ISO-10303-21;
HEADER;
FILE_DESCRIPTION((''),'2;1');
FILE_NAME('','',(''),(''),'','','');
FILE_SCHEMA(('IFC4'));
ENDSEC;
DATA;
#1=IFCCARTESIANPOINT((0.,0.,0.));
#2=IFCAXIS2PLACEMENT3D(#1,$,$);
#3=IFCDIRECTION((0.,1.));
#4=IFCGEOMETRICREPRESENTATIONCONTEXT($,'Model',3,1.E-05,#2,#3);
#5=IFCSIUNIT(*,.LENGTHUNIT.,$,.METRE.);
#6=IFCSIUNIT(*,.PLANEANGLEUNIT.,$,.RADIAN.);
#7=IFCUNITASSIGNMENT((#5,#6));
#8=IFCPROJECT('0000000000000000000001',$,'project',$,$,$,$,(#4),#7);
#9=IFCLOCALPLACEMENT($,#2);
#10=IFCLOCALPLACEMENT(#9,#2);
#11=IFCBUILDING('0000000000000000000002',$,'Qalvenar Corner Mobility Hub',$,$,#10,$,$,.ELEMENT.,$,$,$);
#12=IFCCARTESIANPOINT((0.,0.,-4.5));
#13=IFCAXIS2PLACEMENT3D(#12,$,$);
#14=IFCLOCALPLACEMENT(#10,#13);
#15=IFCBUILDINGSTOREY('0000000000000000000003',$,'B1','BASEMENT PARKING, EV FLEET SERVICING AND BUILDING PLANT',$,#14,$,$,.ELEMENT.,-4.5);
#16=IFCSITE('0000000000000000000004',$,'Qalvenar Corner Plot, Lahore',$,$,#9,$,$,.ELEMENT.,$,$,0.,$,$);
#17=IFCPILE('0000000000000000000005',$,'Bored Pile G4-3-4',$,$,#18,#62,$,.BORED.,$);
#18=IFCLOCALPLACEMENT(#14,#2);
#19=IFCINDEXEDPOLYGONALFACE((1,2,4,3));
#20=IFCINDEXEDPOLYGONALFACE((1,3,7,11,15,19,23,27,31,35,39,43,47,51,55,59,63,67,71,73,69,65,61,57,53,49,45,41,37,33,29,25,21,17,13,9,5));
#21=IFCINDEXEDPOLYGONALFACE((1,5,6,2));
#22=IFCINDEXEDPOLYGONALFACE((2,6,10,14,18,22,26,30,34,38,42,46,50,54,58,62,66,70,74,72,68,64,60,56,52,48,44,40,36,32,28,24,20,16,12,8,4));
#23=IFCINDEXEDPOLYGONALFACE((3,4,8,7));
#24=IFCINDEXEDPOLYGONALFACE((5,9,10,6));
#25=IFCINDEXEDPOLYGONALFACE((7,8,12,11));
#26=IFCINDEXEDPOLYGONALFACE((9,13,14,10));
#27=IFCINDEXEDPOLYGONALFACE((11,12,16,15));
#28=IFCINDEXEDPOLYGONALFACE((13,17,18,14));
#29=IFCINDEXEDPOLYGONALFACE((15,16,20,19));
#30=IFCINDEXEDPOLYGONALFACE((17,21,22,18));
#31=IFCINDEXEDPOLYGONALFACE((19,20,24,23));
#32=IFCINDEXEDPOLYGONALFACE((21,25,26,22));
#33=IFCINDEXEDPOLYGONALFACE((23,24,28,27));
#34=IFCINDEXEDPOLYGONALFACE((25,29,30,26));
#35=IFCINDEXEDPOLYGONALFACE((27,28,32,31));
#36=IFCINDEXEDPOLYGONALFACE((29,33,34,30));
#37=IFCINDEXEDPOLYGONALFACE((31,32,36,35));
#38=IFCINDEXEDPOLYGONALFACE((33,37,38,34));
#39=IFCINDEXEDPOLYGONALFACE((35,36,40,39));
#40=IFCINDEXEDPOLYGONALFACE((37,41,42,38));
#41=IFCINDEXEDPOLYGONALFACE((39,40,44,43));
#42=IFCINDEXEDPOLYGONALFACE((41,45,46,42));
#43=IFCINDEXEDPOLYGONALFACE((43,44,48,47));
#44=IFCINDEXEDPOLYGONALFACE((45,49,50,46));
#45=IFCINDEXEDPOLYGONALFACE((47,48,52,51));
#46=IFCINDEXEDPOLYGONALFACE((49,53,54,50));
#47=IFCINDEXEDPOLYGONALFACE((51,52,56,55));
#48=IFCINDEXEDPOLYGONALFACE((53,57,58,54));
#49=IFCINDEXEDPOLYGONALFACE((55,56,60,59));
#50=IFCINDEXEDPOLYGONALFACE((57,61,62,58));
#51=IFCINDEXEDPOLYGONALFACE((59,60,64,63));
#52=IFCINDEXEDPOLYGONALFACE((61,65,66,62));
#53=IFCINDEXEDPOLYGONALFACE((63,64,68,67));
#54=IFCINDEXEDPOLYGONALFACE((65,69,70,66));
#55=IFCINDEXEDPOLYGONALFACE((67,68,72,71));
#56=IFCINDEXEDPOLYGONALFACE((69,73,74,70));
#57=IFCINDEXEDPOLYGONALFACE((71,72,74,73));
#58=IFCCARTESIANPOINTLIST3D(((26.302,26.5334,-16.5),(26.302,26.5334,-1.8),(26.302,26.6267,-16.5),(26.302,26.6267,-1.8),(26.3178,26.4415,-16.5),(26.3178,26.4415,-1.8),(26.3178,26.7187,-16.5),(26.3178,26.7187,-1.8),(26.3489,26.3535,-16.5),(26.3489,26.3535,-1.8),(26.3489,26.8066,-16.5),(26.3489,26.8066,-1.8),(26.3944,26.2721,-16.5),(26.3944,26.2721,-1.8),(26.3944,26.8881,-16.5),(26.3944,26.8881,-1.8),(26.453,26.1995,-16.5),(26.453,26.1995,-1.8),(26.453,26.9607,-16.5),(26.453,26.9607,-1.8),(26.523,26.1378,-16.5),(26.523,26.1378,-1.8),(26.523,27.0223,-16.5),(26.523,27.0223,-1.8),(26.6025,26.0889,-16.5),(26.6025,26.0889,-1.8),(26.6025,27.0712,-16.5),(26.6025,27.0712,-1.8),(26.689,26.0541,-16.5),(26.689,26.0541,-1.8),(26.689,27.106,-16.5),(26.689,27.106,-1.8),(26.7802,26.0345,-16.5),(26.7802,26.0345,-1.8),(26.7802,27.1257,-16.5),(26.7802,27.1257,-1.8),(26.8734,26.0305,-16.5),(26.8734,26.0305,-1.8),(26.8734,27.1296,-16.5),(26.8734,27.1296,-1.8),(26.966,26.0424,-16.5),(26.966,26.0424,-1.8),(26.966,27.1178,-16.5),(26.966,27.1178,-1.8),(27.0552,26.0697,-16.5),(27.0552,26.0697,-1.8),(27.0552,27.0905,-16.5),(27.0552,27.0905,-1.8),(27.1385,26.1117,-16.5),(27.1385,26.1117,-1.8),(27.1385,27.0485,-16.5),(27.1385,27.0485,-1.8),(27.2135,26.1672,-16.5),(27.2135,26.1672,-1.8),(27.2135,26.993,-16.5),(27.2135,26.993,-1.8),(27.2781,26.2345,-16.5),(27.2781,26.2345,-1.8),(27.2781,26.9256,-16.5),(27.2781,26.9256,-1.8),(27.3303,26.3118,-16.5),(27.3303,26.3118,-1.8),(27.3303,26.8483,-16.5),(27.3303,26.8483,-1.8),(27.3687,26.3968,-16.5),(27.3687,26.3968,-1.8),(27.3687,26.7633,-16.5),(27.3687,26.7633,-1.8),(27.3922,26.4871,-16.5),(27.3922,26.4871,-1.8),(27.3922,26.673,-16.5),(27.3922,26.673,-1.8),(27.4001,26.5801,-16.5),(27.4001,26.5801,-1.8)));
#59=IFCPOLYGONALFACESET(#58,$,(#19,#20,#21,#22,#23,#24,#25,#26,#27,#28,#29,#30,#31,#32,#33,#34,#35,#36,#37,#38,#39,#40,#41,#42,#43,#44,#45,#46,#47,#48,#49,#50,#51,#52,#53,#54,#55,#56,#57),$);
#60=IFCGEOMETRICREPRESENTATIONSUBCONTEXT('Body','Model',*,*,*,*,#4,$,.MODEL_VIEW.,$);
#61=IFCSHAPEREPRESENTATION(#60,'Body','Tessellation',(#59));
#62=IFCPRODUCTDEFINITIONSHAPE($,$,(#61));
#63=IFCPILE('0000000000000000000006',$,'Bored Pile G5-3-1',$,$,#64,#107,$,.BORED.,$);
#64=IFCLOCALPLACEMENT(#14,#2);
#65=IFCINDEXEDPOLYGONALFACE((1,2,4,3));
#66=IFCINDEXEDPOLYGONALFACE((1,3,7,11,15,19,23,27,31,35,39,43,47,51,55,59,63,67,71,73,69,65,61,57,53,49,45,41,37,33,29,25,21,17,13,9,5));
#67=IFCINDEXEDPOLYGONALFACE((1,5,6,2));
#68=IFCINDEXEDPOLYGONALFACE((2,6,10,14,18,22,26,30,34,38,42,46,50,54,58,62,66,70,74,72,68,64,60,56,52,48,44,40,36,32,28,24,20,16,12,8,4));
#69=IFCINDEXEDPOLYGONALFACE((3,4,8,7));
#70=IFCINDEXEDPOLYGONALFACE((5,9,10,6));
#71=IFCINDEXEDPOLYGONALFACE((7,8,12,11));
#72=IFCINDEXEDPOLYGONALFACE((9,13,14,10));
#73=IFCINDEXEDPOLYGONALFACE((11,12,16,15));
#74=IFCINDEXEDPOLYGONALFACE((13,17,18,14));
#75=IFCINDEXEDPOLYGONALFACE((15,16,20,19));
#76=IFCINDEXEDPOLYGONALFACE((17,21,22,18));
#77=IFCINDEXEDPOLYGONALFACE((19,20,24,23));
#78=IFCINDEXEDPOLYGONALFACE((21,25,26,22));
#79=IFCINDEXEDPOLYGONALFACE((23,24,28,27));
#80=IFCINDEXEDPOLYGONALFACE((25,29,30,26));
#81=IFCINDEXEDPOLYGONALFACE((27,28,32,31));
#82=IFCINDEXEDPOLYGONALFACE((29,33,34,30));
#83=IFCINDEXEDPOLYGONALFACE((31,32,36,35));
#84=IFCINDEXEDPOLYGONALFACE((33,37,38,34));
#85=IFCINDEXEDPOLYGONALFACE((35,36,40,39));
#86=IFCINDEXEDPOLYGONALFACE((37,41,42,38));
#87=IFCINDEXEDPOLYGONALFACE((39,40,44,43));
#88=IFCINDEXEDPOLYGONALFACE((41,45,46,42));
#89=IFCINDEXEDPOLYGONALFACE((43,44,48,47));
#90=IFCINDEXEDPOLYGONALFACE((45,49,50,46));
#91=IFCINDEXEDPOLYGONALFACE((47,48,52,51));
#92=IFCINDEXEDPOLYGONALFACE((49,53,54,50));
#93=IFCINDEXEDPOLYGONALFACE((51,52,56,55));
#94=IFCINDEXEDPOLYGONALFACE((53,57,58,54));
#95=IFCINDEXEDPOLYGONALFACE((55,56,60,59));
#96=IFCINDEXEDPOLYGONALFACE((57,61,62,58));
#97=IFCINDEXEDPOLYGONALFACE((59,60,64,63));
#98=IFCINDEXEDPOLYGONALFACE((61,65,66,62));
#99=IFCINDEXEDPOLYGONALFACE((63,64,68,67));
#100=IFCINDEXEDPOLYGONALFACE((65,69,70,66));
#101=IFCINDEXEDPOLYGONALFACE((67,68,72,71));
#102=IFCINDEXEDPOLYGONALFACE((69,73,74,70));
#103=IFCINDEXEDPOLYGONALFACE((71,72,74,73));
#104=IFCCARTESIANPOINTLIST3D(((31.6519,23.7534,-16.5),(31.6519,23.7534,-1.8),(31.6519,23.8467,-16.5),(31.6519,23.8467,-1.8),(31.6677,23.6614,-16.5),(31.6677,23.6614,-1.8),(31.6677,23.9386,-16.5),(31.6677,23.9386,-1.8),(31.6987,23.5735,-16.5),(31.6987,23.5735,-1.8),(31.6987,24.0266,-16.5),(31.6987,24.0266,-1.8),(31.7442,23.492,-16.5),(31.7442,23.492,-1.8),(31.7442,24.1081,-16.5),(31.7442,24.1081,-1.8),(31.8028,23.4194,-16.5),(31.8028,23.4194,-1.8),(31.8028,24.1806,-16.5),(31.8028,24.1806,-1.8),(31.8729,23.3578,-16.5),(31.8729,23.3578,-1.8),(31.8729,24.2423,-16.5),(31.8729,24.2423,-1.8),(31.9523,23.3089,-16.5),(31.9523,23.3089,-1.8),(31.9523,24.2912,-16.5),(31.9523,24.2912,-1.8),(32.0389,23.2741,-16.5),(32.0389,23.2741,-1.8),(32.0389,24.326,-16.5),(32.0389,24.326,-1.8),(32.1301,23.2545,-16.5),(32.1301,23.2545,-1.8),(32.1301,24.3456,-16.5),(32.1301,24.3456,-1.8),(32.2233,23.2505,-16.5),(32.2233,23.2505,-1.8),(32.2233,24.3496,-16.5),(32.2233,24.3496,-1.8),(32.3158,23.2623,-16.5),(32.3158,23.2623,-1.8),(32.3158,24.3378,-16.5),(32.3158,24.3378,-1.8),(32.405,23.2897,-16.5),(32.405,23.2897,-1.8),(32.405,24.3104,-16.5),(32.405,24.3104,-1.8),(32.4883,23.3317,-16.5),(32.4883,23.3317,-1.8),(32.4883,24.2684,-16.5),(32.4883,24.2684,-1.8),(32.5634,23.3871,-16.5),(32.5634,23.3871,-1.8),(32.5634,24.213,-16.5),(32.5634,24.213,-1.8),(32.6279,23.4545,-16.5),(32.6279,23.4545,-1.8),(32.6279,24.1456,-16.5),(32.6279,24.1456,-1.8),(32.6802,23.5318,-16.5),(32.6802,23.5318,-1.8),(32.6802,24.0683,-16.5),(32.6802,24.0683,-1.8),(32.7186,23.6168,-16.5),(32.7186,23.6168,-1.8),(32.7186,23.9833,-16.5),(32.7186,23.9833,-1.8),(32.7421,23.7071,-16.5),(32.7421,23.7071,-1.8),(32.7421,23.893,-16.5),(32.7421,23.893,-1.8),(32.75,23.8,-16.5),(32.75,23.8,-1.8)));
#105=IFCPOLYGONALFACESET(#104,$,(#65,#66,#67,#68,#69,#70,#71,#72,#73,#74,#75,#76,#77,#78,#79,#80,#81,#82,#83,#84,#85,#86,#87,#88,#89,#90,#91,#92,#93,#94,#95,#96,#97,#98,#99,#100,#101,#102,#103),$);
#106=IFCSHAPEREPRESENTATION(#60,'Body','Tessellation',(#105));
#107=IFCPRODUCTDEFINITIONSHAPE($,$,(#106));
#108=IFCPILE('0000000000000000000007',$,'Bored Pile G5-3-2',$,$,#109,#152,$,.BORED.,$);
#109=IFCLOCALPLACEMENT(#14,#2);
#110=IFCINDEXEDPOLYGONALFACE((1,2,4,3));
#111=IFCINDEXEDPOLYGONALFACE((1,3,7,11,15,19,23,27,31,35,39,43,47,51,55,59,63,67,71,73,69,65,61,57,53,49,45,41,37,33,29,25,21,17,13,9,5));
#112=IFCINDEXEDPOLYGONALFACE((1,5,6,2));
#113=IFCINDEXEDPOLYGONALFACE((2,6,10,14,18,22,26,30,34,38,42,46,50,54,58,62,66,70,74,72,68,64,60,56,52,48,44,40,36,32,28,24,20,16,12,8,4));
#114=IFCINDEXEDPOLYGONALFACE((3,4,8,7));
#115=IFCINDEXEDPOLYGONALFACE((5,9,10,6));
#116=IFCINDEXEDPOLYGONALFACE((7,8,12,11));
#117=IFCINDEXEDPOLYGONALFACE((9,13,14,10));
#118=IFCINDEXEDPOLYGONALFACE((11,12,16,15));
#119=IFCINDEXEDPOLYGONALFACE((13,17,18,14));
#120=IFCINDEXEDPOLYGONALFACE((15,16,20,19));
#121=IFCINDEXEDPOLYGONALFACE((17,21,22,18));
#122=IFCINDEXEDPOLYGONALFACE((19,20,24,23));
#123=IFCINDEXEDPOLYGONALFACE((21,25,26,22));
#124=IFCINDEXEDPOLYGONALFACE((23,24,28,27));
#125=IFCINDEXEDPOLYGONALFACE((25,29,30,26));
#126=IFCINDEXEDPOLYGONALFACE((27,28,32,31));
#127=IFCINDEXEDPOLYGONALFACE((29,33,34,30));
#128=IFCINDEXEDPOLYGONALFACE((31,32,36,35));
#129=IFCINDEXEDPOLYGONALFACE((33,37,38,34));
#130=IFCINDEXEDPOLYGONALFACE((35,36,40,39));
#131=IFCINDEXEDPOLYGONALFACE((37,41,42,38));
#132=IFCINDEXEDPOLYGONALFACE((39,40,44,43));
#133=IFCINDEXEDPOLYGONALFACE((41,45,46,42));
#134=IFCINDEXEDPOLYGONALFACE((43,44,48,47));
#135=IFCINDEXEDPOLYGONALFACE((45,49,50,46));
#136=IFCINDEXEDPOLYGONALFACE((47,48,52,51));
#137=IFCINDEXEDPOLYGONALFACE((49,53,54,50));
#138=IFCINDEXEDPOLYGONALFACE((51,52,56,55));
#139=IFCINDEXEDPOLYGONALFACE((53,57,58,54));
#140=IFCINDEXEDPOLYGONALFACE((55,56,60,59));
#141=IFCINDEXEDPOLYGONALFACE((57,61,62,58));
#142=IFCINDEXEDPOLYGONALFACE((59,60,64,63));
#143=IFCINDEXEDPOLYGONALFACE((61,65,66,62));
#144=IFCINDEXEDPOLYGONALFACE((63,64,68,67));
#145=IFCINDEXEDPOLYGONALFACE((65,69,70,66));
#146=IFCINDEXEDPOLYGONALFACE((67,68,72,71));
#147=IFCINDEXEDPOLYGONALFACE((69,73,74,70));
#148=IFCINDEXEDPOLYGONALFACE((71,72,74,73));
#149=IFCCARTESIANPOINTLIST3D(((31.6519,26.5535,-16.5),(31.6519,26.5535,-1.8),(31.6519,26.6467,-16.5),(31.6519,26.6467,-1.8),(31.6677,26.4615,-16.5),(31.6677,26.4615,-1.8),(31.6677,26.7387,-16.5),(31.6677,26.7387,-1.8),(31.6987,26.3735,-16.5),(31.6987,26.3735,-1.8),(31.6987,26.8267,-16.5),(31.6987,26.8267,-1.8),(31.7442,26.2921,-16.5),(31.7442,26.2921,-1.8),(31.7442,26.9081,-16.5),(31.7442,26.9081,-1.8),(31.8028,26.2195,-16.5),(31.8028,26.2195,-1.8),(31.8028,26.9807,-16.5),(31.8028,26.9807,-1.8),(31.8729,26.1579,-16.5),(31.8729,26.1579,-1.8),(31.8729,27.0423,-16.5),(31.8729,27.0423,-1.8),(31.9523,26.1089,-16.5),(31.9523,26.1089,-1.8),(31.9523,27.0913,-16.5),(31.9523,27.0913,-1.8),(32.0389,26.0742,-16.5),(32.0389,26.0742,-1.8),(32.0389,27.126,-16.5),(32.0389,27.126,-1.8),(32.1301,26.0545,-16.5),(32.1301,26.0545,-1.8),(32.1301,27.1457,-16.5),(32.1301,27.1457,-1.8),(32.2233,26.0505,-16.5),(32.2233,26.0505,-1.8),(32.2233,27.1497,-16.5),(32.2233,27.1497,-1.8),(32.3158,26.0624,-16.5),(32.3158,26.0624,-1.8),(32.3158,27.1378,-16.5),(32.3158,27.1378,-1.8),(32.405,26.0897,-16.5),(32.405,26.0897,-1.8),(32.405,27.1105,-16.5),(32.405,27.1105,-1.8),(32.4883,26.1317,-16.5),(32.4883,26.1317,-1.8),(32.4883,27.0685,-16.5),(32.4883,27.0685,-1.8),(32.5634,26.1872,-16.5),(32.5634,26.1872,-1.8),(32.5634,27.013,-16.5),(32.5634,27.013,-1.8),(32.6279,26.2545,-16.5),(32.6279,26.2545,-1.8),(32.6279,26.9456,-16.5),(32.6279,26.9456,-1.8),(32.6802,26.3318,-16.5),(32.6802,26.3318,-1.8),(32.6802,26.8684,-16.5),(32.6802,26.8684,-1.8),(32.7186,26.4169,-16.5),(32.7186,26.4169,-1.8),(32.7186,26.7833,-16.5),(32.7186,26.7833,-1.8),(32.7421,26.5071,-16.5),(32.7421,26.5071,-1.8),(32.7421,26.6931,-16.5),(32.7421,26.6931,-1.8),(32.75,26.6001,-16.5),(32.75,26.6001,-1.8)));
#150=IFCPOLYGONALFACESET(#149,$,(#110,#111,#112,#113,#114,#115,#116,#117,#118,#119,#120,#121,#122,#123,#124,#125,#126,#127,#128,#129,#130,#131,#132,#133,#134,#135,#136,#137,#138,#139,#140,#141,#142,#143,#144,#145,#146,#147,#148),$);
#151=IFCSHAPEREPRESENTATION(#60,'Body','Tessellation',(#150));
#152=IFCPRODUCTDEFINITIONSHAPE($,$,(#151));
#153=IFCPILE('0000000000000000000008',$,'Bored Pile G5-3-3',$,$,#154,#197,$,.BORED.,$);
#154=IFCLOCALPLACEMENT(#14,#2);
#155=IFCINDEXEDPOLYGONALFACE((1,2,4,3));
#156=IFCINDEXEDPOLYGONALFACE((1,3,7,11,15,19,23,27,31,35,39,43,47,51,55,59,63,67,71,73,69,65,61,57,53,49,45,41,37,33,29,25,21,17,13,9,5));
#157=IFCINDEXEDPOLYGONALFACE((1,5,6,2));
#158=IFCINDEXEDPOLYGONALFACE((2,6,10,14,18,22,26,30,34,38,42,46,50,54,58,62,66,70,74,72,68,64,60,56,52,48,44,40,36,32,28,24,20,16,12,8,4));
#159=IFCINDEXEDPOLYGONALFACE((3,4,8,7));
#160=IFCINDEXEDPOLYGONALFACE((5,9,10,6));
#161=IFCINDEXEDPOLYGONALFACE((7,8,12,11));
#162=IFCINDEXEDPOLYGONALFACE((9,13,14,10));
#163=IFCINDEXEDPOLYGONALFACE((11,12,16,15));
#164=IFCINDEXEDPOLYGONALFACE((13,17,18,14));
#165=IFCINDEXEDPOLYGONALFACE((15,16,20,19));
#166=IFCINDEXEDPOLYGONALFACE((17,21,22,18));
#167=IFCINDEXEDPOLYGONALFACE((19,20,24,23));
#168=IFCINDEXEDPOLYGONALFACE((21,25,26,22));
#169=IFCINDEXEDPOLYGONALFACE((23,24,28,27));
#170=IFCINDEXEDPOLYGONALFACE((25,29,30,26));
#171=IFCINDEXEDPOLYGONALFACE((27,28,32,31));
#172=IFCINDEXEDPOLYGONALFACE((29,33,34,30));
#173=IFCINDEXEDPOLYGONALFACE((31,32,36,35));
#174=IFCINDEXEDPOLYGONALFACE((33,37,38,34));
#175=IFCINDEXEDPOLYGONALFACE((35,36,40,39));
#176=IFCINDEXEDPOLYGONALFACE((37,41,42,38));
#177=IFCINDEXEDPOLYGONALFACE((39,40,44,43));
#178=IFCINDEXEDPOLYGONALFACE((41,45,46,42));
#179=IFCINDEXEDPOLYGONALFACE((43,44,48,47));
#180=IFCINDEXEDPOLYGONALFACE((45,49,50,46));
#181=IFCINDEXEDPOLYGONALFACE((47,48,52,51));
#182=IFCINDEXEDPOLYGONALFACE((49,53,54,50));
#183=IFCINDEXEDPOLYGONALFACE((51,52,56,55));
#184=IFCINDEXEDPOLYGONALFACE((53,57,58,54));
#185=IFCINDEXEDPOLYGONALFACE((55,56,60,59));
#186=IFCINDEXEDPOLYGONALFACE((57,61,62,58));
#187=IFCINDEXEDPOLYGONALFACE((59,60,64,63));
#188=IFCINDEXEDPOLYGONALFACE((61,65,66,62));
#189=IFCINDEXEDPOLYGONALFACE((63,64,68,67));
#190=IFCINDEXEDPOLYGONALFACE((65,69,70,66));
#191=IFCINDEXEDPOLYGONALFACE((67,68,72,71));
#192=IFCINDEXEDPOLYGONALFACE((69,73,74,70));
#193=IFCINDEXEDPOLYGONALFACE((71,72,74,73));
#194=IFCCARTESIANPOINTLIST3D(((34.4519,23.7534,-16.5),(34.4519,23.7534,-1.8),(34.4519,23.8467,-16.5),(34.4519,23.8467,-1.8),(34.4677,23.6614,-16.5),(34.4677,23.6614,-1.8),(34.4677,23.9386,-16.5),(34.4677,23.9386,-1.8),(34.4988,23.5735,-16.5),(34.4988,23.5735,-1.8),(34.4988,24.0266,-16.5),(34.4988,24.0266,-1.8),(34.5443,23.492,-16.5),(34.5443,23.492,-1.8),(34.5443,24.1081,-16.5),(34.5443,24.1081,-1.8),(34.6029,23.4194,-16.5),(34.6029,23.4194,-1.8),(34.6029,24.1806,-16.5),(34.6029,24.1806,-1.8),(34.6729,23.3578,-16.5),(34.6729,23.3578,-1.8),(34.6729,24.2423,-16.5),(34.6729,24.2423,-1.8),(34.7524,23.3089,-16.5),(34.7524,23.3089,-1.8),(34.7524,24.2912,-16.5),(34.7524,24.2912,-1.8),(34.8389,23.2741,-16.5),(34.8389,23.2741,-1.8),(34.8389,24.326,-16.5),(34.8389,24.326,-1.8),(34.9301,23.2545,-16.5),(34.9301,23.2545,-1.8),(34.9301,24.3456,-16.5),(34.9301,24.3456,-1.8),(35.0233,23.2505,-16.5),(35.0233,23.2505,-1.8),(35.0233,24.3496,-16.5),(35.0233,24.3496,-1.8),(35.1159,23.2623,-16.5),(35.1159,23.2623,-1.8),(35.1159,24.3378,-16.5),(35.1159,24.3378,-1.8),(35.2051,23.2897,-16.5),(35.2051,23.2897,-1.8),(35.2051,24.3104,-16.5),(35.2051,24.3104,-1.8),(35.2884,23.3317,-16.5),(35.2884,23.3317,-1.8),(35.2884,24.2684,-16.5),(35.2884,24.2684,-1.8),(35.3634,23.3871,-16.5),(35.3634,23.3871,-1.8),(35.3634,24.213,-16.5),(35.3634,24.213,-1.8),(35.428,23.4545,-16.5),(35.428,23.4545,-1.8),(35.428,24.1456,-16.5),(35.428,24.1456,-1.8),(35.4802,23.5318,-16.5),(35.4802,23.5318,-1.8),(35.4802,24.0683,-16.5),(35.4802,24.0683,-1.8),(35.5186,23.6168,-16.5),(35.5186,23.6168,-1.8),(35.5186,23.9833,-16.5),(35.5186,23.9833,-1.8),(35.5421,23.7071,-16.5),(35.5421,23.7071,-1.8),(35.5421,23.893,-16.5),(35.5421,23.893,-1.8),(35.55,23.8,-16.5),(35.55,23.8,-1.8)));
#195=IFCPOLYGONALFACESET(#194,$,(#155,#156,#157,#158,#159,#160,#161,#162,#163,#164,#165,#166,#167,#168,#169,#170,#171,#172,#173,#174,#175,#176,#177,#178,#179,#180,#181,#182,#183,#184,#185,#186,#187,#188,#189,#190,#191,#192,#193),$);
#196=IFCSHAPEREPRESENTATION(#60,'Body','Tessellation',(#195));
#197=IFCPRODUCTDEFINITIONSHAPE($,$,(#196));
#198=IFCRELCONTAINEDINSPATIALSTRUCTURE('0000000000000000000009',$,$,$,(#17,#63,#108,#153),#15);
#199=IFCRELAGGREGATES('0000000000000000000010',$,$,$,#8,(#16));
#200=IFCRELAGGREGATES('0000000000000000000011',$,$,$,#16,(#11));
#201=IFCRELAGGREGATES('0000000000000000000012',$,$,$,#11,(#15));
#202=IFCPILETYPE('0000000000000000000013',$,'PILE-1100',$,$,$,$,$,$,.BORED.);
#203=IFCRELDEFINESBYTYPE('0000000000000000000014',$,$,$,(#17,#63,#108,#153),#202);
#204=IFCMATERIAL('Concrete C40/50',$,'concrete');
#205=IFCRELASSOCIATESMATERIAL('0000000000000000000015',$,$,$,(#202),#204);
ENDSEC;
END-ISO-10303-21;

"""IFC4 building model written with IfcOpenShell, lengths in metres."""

from ifc_helpers import new_model, si_unit, direction, frame, origin, origin_2d, place, context, subcontext, project, spatial, circle, extrude, material, material_profile, profile_set, type_object, element, save


model = new_model("IFC4")

# Units and contexts
model_context = context("Model", 3, precision=1e-05, world=origin(), true_north=direction((0.0, 1.0)))
body_context = subcontext(model_context, "Body", "Model", "MODEL_VIEW")
ifc_project = project(units=[si_unit("LENGTHUNIT", "METRE"), si_unit("PLANEANGLEUNIT", "RADIAN")], contexts=[model_context])

# Site, building, storey
site_placement = place(None, origin())
site = spatial("IfcSite", under=ifc_project, at=site_placement, Name="Qalvenar Corner Plot, Lahore", CompositionType="ELEMENT", RefElevation=0.0)
building_placement = place(site_placement, origin())
building = spatial("IfcBuilding", under=site, at=building_placement, Name="Qalvenar Corner Mobility Hub", CompositionType="ELEMENT")
storey_placement = place(building_placement, frame((0.0, 0.0, -4.5)))
storey = spatial("IfcBuildingStorey", under=building, at=storey_placement, Name="B1", Description="BASEMENT PARKING, EV FLEET SERVICING AND BUILDING PLANT", CompositionType="ELEMENT", Elevation=-4.5)

# Shared definitions
ifc_material_1 = material(Name="Concrete C40/50", Category="concrete")

# Piles
ifc_material_profile_1 = material_profile(ifc_material_1, circle(Radius=0.55, at=origin_2d()), Name="DIA1100")
ifc_profile_set_1 = profile_set([ifc_material_profile_1], Name="Concrete C40/50")
pile_type = type_object("IfcPileType", Name="PILE-1100", PredefinedType="BORED", material=ifc_profile_set_1)
for number, where, z_axis, x_axis, name in (
    (1, (26.8501, 26.5801, -1.8), (0.0, 0.0, -1.0), (1.0, 0.0, 0.0), "Bored Pile G4-3-4"),
    (2, (32.2, 23.8, -1.8), (0.0, 0.0, -1.0), (1.0, 0.0, 0.0), "Bored Pile G5-3-1"),
    (3, (32.2, 26.6001, -1.8), (0.0, 0.0, -1.0), (1.0, 0.0, 0.0), "Bored Pile G5-3-2"),
    (4, (35.0, 23.8, -1.8), (0.0, 0.0, -1.0), (1.0, 0.0, 0.0), "Bored Pile G5-3-3"),
):
    element("IfcPile", number, at=place(storey_placement, frame(where, z_axis=z_axis, x_axis=x_axis)), inside=storey, type_object=pile_type, Name=name, PredefinedType="BORED", context=body_context, shape_type="SweptSolid", body=[
        extrude(circle(Radius=0.55, at=origin_2d()), origin(), (0.0, 0.0, 1.0), 14.7),
    ])

save(model, "model.ifc")
